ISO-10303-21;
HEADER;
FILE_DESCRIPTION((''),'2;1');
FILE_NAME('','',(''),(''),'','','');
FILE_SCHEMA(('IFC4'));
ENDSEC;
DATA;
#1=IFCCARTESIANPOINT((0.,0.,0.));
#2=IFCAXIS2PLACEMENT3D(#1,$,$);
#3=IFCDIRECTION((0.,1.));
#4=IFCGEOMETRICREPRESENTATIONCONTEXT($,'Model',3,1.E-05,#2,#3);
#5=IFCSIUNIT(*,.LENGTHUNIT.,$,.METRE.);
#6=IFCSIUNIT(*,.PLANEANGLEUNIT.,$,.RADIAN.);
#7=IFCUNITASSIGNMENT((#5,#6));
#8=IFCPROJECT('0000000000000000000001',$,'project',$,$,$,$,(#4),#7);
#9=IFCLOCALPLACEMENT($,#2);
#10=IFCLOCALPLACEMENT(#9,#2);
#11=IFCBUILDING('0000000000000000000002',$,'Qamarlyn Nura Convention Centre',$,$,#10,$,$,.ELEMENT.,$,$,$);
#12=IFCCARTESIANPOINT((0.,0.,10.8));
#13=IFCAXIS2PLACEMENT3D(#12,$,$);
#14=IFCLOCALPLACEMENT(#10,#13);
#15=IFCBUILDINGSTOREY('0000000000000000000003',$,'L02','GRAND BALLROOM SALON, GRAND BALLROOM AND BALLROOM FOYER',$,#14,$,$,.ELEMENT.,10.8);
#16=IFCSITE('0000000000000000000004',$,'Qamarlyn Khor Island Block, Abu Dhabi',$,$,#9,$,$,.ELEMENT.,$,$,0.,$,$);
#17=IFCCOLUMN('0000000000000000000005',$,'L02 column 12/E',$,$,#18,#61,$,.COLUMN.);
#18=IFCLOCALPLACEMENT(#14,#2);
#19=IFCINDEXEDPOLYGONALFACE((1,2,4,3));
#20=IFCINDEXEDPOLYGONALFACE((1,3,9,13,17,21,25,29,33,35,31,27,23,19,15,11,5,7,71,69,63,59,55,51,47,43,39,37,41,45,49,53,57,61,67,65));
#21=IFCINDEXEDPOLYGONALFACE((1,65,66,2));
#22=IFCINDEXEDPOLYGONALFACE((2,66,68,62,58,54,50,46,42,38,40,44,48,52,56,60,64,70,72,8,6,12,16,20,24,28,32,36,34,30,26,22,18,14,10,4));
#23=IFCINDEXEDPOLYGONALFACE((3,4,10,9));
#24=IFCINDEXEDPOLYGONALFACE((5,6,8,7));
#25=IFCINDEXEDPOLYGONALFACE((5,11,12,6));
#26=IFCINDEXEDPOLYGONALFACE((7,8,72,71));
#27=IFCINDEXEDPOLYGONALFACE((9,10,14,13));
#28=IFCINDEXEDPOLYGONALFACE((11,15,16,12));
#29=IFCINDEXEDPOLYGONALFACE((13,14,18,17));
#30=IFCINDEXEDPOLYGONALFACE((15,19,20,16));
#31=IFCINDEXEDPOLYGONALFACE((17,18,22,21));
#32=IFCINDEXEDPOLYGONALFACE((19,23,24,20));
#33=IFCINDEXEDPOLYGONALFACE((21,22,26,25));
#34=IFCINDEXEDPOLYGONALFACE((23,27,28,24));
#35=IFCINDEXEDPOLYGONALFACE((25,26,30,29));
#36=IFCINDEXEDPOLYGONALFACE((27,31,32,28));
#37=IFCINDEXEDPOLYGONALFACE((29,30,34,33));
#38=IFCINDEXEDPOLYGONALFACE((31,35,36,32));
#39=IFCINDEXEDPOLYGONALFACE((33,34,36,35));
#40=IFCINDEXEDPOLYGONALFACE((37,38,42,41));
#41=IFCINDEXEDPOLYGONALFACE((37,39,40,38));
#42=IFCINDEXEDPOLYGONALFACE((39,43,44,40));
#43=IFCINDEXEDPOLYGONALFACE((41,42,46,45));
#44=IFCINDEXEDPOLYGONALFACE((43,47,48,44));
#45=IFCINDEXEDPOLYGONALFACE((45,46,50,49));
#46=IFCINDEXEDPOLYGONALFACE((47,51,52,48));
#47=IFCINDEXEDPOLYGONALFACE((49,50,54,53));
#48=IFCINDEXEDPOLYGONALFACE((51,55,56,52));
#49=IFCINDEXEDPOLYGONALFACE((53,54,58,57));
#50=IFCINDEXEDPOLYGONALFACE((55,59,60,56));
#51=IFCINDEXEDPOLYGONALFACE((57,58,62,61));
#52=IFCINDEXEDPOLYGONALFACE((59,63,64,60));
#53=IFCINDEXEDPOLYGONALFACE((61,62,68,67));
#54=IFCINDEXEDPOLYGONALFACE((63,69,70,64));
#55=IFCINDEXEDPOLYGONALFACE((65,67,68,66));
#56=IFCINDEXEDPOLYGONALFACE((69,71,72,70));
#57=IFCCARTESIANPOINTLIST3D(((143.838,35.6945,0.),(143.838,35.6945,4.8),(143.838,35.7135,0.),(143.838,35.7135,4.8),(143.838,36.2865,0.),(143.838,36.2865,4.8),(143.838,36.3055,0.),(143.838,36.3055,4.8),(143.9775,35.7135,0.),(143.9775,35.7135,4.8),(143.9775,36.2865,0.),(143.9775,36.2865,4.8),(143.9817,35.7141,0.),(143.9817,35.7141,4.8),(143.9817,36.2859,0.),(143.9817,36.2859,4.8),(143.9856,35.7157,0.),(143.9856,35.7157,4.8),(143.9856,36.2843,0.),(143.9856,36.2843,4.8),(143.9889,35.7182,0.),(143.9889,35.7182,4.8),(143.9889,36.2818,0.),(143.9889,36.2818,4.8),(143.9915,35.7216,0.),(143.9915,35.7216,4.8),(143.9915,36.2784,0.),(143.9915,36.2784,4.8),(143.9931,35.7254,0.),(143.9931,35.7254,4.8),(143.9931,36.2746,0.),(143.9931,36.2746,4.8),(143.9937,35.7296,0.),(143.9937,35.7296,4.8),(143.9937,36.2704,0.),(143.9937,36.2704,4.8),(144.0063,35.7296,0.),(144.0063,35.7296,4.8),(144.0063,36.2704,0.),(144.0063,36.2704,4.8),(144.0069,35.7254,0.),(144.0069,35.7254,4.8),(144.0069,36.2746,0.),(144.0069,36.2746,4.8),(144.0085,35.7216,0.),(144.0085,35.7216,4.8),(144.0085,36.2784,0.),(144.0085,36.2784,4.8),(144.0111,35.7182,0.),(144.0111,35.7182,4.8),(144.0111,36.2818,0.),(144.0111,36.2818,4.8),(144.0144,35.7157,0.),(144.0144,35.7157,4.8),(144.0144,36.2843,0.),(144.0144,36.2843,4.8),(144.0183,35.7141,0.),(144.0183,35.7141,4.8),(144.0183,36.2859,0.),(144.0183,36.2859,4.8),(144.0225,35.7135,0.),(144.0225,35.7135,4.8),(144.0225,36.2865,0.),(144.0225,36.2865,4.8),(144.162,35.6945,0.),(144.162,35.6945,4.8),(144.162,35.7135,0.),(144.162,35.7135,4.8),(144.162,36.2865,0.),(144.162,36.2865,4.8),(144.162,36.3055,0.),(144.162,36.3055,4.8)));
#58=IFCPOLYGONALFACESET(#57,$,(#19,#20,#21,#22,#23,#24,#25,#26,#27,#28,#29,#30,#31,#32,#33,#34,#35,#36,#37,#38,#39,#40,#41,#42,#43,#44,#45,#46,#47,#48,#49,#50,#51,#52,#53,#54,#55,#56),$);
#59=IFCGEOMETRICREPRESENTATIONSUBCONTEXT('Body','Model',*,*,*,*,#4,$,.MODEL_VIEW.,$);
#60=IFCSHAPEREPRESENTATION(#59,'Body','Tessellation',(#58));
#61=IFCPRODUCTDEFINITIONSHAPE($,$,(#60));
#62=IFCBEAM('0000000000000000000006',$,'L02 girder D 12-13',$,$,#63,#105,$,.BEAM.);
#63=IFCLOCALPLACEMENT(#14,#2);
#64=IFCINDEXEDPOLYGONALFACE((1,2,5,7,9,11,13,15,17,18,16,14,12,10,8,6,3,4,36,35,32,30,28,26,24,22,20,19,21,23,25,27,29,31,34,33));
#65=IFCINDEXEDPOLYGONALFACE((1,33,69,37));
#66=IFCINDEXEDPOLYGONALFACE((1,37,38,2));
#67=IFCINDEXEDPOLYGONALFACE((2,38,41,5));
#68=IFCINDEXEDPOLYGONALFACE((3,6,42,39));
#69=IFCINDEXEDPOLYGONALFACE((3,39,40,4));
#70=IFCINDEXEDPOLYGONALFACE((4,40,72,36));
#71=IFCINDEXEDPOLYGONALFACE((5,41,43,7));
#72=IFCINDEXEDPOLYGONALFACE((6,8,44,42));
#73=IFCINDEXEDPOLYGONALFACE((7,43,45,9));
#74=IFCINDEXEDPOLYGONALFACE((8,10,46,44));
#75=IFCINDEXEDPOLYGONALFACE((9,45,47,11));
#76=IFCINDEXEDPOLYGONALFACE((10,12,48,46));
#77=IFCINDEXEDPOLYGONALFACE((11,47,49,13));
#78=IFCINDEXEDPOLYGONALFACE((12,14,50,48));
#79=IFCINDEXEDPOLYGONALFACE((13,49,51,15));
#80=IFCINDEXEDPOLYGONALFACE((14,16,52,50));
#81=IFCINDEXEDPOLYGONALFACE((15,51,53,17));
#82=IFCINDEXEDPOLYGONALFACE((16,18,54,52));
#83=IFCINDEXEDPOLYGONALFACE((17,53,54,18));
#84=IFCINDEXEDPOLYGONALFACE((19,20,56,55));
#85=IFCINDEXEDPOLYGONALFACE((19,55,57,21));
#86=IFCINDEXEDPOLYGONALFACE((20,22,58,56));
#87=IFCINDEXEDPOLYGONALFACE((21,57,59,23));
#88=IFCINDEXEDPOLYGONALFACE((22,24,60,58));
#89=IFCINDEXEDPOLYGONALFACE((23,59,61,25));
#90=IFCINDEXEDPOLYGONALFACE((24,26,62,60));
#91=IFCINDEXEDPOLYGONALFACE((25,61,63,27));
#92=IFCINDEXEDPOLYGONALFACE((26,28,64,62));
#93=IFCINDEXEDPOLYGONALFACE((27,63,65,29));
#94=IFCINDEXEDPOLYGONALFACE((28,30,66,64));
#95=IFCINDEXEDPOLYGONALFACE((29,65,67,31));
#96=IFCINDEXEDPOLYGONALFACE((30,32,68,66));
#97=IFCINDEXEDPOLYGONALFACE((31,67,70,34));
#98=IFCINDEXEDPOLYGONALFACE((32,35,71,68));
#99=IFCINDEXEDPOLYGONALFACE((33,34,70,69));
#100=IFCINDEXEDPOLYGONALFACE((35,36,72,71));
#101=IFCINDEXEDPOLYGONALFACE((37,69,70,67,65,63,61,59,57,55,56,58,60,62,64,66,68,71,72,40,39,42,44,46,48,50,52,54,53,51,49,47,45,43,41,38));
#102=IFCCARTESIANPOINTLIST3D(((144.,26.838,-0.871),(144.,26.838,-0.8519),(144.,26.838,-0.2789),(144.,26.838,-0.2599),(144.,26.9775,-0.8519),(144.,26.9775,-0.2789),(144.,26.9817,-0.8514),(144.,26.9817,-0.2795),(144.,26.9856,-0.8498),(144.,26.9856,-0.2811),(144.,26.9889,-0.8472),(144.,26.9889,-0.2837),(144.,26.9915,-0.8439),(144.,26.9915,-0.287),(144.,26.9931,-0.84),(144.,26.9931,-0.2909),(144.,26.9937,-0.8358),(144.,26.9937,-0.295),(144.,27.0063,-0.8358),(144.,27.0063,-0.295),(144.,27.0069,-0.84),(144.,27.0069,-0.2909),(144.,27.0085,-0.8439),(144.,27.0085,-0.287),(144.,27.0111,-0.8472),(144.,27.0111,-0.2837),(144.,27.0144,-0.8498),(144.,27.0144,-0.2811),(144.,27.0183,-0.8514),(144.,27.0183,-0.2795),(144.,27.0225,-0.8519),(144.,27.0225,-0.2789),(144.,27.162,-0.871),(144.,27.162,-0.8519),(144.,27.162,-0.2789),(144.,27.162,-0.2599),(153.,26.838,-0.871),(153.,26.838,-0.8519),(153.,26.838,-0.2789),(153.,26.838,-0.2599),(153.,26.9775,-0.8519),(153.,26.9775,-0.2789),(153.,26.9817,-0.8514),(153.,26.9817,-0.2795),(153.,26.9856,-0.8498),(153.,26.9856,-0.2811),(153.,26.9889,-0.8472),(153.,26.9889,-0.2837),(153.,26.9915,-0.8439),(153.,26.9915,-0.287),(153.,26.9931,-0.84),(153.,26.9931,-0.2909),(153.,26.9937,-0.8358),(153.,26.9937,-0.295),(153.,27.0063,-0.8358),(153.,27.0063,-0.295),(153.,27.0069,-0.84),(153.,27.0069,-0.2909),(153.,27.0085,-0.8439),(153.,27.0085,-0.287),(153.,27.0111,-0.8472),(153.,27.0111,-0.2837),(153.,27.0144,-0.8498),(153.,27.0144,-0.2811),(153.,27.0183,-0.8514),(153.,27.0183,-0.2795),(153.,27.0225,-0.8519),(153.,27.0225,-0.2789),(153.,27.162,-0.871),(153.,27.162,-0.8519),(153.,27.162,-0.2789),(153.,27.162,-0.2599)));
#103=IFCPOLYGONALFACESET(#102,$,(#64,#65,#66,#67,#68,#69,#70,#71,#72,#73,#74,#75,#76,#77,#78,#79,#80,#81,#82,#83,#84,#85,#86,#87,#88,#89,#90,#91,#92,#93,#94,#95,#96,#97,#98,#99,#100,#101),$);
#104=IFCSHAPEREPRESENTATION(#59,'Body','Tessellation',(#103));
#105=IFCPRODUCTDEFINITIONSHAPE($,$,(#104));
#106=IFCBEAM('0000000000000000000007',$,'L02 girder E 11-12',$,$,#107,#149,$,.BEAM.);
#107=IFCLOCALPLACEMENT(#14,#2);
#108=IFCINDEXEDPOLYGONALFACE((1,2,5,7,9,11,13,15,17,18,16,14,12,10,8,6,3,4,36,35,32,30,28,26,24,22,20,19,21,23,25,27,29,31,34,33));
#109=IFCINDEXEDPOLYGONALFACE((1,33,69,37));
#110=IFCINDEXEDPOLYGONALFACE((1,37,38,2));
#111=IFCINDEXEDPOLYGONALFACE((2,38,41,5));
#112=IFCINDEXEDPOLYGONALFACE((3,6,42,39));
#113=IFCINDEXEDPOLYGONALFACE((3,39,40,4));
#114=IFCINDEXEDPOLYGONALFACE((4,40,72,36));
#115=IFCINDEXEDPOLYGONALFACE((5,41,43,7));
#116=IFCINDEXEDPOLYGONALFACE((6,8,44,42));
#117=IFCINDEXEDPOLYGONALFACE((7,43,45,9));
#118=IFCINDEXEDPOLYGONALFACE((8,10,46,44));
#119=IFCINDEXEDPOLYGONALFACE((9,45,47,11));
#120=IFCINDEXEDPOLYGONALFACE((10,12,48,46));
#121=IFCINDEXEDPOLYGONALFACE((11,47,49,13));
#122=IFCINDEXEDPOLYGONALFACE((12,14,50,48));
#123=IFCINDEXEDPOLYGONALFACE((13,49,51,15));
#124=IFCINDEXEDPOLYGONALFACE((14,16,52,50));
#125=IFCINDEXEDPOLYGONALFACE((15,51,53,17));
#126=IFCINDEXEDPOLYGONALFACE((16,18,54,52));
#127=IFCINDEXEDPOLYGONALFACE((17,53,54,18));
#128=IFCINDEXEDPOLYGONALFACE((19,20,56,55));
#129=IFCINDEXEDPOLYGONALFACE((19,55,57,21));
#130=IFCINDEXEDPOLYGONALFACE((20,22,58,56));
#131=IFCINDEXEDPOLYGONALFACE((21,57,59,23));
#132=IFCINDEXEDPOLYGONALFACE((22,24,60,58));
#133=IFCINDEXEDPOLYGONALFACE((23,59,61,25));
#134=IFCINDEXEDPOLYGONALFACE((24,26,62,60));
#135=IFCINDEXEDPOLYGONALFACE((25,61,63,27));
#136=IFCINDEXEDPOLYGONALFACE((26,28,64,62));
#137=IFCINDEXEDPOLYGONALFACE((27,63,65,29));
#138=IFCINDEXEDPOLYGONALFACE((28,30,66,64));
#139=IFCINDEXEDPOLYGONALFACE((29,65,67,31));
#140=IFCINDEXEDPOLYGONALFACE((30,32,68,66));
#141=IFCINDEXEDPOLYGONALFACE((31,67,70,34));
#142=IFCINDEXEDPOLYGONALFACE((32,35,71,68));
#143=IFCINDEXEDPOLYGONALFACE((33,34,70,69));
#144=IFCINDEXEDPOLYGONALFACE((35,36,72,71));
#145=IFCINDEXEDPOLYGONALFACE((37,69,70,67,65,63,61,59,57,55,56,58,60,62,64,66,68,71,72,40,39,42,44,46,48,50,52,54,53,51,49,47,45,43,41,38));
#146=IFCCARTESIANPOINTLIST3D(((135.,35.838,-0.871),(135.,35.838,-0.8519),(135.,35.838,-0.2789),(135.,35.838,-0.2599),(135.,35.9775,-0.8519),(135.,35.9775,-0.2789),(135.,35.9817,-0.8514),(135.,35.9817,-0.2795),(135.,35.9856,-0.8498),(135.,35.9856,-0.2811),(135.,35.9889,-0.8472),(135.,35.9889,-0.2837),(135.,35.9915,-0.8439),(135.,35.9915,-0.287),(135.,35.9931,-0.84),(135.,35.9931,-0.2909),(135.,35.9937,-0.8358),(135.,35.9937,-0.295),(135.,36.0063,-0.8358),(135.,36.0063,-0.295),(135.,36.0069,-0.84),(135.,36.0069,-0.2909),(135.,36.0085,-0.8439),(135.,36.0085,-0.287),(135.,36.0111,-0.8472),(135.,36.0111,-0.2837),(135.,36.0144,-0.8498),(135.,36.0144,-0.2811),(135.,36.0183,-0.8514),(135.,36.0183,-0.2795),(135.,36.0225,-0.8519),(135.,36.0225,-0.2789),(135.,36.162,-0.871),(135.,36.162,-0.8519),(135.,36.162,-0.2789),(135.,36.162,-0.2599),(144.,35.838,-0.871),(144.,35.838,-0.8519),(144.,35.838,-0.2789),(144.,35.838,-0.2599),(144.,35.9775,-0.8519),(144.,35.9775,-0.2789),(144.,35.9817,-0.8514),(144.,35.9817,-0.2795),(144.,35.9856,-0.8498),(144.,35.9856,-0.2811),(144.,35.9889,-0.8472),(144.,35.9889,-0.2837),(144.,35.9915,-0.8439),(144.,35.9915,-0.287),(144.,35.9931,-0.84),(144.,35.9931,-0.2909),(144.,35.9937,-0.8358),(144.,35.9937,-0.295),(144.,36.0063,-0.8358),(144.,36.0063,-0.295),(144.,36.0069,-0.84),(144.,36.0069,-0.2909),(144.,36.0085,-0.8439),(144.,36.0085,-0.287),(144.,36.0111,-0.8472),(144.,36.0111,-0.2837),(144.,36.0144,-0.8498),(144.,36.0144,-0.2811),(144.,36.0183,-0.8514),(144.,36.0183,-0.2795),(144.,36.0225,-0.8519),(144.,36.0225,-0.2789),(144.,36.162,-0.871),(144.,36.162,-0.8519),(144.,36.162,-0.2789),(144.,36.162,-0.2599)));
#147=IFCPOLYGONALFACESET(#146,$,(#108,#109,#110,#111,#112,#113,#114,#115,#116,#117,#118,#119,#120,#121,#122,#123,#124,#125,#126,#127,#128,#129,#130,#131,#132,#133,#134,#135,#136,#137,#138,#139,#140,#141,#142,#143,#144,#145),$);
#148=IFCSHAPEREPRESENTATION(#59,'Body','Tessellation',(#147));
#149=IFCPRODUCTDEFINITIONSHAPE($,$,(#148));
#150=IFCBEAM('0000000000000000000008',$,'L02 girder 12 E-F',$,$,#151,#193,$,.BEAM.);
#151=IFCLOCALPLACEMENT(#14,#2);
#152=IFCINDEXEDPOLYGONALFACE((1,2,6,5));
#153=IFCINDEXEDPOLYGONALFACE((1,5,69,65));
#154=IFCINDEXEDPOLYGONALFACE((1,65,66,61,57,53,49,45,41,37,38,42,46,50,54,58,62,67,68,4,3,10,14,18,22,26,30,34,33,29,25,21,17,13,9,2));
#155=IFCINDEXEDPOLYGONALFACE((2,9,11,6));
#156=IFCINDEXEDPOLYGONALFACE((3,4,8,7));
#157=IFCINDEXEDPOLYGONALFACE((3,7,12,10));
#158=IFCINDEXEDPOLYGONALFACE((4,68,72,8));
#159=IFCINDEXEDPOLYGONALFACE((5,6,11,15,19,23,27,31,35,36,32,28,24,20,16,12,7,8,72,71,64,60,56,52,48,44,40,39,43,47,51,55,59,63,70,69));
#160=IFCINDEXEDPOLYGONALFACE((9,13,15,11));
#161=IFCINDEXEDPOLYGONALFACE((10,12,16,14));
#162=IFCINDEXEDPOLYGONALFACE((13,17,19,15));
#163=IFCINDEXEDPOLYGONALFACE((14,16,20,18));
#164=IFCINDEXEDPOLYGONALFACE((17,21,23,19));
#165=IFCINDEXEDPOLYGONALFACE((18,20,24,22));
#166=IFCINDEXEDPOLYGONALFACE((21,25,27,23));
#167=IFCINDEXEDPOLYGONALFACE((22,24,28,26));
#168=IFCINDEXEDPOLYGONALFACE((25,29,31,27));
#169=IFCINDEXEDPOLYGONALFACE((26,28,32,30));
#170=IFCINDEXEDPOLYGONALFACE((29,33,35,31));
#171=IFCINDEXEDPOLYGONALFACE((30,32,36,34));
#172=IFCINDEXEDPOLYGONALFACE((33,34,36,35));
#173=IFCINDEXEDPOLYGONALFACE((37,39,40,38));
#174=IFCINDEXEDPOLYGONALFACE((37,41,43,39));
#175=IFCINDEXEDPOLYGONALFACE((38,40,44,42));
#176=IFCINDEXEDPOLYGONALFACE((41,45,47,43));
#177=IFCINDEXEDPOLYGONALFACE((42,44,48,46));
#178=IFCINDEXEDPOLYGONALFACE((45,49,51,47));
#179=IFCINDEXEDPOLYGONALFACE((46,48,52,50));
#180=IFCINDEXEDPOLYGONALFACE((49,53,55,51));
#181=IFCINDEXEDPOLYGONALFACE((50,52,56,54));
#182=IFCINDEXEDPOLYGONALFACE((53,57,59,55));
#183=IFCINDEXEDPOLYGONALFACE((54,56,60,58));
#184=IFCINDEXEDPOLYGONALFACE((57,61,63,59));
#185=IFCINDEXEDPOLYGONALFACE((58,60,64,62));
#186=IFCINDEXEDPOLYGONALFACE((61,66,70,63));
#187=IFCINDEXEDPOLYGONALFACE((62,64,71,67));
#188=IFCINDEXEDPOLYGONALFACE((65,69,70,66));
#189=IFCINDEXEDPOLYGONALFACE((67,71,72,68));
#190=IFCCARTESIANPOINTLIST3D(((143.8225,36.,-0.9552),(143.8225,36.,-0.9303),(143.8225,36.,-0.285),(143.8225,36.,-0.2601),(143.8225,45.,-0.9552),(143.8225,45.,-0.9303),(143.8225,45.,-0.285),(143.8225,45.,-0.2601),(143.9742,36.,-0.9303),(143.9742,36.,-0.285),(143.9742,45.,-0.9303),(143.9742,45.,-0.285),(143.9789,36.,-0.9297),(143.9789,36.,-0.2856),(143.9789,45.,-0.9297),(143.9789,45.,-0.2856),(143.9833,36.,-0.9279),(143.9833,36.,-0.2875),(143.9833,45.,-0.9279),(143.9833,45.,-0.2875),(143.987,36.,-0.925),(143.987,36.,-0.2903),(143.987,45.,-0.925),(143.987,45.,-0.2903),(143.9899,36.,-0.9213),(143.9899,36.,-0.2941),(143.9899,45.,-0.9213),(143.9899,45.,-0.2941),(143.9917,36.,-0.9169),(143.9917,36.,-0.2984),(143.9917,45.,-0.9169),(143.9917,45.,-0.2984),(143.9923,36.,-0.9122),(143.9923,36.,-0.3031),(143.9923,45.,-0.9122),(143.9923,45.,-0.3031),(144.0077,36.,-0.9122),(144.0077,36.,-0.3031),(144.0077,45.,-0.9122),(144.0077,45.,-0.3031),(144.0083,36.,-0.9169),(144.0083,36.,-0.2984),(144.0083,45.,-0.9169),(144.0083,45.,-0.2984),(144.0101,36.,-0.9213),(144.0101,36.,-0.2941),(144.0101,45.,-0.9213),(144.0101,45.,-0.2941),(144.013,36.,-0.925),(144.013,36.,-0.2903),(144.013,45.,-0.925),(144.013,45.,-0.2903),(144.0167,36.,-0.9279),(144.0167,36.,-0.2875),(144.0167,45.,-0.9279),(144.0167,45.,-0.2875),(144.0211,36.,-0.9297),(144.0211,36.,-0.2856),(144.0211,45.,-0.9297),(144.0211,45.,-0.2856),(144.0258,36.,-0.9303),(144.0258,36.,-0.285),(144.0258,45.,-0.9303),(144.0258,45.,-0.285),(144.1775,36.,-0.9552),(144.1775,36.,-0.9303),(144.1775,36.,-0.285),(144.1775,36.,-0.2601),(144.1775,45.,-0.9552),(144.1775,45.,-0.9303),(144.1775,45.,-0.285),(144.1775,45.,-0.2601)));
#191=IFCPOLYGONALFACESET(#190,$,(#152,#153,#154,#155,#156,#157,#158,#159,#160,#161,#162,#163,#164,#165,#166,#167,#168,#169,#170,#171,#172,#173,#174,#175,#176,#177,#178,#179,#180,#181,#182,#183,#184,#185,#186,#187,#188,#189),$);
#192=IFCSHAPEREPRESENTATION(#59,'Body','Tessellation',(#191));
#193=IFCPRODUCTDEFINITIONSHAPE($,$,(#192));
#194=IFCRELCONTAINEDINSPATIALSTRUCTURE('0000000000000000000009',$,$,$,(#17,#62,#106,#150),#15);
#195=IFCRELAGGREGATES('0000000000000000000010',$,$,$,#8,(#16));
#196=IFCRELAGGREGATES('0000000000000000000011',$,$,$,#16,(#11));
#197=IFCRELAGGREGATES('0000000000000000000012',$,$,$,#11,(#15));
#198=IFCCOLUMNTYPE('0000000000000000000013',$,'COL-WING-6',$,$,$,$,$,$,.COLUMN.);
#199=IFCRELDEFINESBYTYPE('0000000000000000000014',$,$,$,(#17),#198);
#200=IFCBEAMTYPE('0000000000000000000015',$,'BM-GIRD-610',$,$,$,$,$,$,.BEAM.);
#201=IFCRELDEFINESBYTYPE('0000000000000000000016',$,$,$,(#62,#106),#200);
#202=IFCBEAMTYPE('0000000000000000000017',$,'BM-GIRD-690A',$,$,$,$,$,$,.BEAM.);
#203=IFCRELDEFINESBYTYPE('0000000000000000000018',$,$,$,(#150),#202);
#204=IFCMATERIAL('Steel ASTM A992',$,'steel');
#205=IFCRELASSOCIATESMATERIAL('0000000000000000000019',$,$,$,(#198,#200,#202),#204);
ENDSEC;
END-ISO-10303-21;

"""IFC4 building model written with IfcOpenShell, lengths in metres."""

from ifc_helpers import new_model, si_unit, direction, frame, origin, origin_2d, place, context, subcontext, project, spatial, i_section, extrude, material, material_profile, profile_set, type_object, element, save


model = new_model("IFC4")

# Units and contexts
model_context = context("Model", 3, precision=1e-05, world=origin(), true_north=direction((0.0, 1.0)))
body_context = subcontext(model_context, "Body", "Model", "MODEL_VIEW")
ifc_project = project(units=[si_unit("LENGTHUNIT", "METRE"), si_unit("PLANEANGLEUNIT", "RADIAN")], contexts=[model_context])

# Site, building, storey
site_placement = place(None, origin())
site = spatial("IfcSite", under=ifc_project, at=site_placement, Name="Qamarlyn Khor Island Block, Abu Dhabi", CompositionType="ELEMENT", RefElevation=0.0)
building_placement = place(site_placement, origin())
building = spatial("IfcBuilding", under=site, at=building_placement, Name="Qamarlyn Nura Convention Centre", CompositionType="ELEMENT")
storey_placement = place(building_placement, frame((0.0, 0.0, 10.8)))
storey = spatial("IfcBuildingStorey", under=building, at=storey_placement, Name="L02", Description="GRAND BALLROOM SALON, GRAND BALLROOM AND BALLROOM FOYER", CompositionType="ELEMENT", Elevation=10.8)

# Column
ifc_material_1 = material(Name="Steel ASTM A992", Category="steel")
ifc_material_profile_1 = material_profile(ifc_material_1, i_section(OverallWidth=0.324, OverallDepth=0.6111, WebThickness=0.0127, FlangeThickness=0.019, FilletRadius=0.0161, at=origin_2d()), Name="W610X155")
ifc_profile_set_1 = profile_set([ifc_material_profile_1], Name="Steel ASTM A992")
column_type_1 = type_object("IfcColumnType", Name="COL-WING-6", PredefinedType="COLUMN", material=ifc_profile_set_1)
for number, where, z_axis, x_axis, name in (
    (1, (144.0, 36.0, 0.0), (0.0, 0.0, 1.0), (1.0, 0.0, 0.0), "L02 column 12/E"),
):
    element("IfcColumn", number, at=place(storey_placement, frame(where, z_axis=z_axis, x_axis=x_axis)), inside=storey, type_object=column_type_1, Name=name, PredefinedType="COLUMN", context=body_context, shape_type="SweptSolid", body=[
        extrude(i_section(OverallWidth=0.324, OverallDepth=0.6111, WebThickness=0.0127, FlangeThickness=0.019, FilletRadius=0.0161, at=origin_2d()), origin(), (0.0, 0.0, 1.0), 4.8),
    ])

# Beams
ifc_material_profile_2 = material_profile(ifc_material_1, i_section(OverallWidth=0.324, OverallDepth=0.6111, WebThickness=0.0127, FlangeThickness=0.019, FilletRadius=0.0161, at=origin_2d()), Name="W610X155")
ifc_profile_set_2 = profile_set([ifc_material_profile_2], Name="Steel ASTM A992")
beam_type_1 = type_object("IfcBeamType", Name="BM-GIRD-610", PredefinedType="BEAM", material=ifc_profile_set_2)
for number, where, z_axis, x_axis, name in (
    (2, (144.0, 27.0, -0.5654), (1.0, 0.0, 0.0), (0.0, 1.0, 0.0), "L02 girder D 12-13"),
    (3, (135.0, 36.0, -0.5654), (1.0, 0.0, 0.0), (0.0, 1.0, 0.0), "L02 girder E 11-12"),
):
    element("IfcBeam", number, at=place(storey_placement, frame(where, z_axis=z_axis, x_axis=x_axis)), inside=storey, type_object=beam_type_1, Name=name, PredefinedType="BEAM", context=body_context, shape_type="SweptSolid", body=[
        extrude(i_section(OverallWidth=0.324, OverallDepth=0.6111, WebThickness=0.0127, FlangeThickness=0.019, FilletRadius=0.0161, at=origin_2d()), origin(), (0.0, 0.0, 1.0), 9.0),
    ])
ifc_material_profile_3 = material_profile(ifc_material_1, i_section(OverallWidth=0.355, OverallDepth=0.6951, WebThickness=0.0154, FlangeThickness=0.0249, FilletRadius=0.0181, at=origin_2d()), Name="W690X217")
ifc_profile_set_3 = profile_set([ifc_material_profile_3], Name="Steel ASTM A992")
beam_type_2 = type_object("IfcBeamType", Name="BM-GIRD-690A", PredefinedType="BEAM", material=ifc_profile_set_3)
beam_1_placement = place(storey_placement, frame((144.0, 36.0, -0.6077), z_axis=(0.0, 1.0, 0.0), x_axis=(-1.0, 0.0, 0.0)))
element("IfcBeam", 4, at=beam_1_placement, inside=storey, type_object=beam_type_2, Name="L02 girder 12 E-F", PredefinedType="BEAM", context=body_context, shape_type="SweptSolid", body=[
    extrude(i_section(OverallWidth=0.355, OverallDepth=0.6951, WebThickness=0.0154, FlangeThickness=0.0249, FilletRadius=0.0181, at=origin_2d()), origin(), (0.0, 0.0, 1.0), 9.0),
])

save(model, "model.ifc")
